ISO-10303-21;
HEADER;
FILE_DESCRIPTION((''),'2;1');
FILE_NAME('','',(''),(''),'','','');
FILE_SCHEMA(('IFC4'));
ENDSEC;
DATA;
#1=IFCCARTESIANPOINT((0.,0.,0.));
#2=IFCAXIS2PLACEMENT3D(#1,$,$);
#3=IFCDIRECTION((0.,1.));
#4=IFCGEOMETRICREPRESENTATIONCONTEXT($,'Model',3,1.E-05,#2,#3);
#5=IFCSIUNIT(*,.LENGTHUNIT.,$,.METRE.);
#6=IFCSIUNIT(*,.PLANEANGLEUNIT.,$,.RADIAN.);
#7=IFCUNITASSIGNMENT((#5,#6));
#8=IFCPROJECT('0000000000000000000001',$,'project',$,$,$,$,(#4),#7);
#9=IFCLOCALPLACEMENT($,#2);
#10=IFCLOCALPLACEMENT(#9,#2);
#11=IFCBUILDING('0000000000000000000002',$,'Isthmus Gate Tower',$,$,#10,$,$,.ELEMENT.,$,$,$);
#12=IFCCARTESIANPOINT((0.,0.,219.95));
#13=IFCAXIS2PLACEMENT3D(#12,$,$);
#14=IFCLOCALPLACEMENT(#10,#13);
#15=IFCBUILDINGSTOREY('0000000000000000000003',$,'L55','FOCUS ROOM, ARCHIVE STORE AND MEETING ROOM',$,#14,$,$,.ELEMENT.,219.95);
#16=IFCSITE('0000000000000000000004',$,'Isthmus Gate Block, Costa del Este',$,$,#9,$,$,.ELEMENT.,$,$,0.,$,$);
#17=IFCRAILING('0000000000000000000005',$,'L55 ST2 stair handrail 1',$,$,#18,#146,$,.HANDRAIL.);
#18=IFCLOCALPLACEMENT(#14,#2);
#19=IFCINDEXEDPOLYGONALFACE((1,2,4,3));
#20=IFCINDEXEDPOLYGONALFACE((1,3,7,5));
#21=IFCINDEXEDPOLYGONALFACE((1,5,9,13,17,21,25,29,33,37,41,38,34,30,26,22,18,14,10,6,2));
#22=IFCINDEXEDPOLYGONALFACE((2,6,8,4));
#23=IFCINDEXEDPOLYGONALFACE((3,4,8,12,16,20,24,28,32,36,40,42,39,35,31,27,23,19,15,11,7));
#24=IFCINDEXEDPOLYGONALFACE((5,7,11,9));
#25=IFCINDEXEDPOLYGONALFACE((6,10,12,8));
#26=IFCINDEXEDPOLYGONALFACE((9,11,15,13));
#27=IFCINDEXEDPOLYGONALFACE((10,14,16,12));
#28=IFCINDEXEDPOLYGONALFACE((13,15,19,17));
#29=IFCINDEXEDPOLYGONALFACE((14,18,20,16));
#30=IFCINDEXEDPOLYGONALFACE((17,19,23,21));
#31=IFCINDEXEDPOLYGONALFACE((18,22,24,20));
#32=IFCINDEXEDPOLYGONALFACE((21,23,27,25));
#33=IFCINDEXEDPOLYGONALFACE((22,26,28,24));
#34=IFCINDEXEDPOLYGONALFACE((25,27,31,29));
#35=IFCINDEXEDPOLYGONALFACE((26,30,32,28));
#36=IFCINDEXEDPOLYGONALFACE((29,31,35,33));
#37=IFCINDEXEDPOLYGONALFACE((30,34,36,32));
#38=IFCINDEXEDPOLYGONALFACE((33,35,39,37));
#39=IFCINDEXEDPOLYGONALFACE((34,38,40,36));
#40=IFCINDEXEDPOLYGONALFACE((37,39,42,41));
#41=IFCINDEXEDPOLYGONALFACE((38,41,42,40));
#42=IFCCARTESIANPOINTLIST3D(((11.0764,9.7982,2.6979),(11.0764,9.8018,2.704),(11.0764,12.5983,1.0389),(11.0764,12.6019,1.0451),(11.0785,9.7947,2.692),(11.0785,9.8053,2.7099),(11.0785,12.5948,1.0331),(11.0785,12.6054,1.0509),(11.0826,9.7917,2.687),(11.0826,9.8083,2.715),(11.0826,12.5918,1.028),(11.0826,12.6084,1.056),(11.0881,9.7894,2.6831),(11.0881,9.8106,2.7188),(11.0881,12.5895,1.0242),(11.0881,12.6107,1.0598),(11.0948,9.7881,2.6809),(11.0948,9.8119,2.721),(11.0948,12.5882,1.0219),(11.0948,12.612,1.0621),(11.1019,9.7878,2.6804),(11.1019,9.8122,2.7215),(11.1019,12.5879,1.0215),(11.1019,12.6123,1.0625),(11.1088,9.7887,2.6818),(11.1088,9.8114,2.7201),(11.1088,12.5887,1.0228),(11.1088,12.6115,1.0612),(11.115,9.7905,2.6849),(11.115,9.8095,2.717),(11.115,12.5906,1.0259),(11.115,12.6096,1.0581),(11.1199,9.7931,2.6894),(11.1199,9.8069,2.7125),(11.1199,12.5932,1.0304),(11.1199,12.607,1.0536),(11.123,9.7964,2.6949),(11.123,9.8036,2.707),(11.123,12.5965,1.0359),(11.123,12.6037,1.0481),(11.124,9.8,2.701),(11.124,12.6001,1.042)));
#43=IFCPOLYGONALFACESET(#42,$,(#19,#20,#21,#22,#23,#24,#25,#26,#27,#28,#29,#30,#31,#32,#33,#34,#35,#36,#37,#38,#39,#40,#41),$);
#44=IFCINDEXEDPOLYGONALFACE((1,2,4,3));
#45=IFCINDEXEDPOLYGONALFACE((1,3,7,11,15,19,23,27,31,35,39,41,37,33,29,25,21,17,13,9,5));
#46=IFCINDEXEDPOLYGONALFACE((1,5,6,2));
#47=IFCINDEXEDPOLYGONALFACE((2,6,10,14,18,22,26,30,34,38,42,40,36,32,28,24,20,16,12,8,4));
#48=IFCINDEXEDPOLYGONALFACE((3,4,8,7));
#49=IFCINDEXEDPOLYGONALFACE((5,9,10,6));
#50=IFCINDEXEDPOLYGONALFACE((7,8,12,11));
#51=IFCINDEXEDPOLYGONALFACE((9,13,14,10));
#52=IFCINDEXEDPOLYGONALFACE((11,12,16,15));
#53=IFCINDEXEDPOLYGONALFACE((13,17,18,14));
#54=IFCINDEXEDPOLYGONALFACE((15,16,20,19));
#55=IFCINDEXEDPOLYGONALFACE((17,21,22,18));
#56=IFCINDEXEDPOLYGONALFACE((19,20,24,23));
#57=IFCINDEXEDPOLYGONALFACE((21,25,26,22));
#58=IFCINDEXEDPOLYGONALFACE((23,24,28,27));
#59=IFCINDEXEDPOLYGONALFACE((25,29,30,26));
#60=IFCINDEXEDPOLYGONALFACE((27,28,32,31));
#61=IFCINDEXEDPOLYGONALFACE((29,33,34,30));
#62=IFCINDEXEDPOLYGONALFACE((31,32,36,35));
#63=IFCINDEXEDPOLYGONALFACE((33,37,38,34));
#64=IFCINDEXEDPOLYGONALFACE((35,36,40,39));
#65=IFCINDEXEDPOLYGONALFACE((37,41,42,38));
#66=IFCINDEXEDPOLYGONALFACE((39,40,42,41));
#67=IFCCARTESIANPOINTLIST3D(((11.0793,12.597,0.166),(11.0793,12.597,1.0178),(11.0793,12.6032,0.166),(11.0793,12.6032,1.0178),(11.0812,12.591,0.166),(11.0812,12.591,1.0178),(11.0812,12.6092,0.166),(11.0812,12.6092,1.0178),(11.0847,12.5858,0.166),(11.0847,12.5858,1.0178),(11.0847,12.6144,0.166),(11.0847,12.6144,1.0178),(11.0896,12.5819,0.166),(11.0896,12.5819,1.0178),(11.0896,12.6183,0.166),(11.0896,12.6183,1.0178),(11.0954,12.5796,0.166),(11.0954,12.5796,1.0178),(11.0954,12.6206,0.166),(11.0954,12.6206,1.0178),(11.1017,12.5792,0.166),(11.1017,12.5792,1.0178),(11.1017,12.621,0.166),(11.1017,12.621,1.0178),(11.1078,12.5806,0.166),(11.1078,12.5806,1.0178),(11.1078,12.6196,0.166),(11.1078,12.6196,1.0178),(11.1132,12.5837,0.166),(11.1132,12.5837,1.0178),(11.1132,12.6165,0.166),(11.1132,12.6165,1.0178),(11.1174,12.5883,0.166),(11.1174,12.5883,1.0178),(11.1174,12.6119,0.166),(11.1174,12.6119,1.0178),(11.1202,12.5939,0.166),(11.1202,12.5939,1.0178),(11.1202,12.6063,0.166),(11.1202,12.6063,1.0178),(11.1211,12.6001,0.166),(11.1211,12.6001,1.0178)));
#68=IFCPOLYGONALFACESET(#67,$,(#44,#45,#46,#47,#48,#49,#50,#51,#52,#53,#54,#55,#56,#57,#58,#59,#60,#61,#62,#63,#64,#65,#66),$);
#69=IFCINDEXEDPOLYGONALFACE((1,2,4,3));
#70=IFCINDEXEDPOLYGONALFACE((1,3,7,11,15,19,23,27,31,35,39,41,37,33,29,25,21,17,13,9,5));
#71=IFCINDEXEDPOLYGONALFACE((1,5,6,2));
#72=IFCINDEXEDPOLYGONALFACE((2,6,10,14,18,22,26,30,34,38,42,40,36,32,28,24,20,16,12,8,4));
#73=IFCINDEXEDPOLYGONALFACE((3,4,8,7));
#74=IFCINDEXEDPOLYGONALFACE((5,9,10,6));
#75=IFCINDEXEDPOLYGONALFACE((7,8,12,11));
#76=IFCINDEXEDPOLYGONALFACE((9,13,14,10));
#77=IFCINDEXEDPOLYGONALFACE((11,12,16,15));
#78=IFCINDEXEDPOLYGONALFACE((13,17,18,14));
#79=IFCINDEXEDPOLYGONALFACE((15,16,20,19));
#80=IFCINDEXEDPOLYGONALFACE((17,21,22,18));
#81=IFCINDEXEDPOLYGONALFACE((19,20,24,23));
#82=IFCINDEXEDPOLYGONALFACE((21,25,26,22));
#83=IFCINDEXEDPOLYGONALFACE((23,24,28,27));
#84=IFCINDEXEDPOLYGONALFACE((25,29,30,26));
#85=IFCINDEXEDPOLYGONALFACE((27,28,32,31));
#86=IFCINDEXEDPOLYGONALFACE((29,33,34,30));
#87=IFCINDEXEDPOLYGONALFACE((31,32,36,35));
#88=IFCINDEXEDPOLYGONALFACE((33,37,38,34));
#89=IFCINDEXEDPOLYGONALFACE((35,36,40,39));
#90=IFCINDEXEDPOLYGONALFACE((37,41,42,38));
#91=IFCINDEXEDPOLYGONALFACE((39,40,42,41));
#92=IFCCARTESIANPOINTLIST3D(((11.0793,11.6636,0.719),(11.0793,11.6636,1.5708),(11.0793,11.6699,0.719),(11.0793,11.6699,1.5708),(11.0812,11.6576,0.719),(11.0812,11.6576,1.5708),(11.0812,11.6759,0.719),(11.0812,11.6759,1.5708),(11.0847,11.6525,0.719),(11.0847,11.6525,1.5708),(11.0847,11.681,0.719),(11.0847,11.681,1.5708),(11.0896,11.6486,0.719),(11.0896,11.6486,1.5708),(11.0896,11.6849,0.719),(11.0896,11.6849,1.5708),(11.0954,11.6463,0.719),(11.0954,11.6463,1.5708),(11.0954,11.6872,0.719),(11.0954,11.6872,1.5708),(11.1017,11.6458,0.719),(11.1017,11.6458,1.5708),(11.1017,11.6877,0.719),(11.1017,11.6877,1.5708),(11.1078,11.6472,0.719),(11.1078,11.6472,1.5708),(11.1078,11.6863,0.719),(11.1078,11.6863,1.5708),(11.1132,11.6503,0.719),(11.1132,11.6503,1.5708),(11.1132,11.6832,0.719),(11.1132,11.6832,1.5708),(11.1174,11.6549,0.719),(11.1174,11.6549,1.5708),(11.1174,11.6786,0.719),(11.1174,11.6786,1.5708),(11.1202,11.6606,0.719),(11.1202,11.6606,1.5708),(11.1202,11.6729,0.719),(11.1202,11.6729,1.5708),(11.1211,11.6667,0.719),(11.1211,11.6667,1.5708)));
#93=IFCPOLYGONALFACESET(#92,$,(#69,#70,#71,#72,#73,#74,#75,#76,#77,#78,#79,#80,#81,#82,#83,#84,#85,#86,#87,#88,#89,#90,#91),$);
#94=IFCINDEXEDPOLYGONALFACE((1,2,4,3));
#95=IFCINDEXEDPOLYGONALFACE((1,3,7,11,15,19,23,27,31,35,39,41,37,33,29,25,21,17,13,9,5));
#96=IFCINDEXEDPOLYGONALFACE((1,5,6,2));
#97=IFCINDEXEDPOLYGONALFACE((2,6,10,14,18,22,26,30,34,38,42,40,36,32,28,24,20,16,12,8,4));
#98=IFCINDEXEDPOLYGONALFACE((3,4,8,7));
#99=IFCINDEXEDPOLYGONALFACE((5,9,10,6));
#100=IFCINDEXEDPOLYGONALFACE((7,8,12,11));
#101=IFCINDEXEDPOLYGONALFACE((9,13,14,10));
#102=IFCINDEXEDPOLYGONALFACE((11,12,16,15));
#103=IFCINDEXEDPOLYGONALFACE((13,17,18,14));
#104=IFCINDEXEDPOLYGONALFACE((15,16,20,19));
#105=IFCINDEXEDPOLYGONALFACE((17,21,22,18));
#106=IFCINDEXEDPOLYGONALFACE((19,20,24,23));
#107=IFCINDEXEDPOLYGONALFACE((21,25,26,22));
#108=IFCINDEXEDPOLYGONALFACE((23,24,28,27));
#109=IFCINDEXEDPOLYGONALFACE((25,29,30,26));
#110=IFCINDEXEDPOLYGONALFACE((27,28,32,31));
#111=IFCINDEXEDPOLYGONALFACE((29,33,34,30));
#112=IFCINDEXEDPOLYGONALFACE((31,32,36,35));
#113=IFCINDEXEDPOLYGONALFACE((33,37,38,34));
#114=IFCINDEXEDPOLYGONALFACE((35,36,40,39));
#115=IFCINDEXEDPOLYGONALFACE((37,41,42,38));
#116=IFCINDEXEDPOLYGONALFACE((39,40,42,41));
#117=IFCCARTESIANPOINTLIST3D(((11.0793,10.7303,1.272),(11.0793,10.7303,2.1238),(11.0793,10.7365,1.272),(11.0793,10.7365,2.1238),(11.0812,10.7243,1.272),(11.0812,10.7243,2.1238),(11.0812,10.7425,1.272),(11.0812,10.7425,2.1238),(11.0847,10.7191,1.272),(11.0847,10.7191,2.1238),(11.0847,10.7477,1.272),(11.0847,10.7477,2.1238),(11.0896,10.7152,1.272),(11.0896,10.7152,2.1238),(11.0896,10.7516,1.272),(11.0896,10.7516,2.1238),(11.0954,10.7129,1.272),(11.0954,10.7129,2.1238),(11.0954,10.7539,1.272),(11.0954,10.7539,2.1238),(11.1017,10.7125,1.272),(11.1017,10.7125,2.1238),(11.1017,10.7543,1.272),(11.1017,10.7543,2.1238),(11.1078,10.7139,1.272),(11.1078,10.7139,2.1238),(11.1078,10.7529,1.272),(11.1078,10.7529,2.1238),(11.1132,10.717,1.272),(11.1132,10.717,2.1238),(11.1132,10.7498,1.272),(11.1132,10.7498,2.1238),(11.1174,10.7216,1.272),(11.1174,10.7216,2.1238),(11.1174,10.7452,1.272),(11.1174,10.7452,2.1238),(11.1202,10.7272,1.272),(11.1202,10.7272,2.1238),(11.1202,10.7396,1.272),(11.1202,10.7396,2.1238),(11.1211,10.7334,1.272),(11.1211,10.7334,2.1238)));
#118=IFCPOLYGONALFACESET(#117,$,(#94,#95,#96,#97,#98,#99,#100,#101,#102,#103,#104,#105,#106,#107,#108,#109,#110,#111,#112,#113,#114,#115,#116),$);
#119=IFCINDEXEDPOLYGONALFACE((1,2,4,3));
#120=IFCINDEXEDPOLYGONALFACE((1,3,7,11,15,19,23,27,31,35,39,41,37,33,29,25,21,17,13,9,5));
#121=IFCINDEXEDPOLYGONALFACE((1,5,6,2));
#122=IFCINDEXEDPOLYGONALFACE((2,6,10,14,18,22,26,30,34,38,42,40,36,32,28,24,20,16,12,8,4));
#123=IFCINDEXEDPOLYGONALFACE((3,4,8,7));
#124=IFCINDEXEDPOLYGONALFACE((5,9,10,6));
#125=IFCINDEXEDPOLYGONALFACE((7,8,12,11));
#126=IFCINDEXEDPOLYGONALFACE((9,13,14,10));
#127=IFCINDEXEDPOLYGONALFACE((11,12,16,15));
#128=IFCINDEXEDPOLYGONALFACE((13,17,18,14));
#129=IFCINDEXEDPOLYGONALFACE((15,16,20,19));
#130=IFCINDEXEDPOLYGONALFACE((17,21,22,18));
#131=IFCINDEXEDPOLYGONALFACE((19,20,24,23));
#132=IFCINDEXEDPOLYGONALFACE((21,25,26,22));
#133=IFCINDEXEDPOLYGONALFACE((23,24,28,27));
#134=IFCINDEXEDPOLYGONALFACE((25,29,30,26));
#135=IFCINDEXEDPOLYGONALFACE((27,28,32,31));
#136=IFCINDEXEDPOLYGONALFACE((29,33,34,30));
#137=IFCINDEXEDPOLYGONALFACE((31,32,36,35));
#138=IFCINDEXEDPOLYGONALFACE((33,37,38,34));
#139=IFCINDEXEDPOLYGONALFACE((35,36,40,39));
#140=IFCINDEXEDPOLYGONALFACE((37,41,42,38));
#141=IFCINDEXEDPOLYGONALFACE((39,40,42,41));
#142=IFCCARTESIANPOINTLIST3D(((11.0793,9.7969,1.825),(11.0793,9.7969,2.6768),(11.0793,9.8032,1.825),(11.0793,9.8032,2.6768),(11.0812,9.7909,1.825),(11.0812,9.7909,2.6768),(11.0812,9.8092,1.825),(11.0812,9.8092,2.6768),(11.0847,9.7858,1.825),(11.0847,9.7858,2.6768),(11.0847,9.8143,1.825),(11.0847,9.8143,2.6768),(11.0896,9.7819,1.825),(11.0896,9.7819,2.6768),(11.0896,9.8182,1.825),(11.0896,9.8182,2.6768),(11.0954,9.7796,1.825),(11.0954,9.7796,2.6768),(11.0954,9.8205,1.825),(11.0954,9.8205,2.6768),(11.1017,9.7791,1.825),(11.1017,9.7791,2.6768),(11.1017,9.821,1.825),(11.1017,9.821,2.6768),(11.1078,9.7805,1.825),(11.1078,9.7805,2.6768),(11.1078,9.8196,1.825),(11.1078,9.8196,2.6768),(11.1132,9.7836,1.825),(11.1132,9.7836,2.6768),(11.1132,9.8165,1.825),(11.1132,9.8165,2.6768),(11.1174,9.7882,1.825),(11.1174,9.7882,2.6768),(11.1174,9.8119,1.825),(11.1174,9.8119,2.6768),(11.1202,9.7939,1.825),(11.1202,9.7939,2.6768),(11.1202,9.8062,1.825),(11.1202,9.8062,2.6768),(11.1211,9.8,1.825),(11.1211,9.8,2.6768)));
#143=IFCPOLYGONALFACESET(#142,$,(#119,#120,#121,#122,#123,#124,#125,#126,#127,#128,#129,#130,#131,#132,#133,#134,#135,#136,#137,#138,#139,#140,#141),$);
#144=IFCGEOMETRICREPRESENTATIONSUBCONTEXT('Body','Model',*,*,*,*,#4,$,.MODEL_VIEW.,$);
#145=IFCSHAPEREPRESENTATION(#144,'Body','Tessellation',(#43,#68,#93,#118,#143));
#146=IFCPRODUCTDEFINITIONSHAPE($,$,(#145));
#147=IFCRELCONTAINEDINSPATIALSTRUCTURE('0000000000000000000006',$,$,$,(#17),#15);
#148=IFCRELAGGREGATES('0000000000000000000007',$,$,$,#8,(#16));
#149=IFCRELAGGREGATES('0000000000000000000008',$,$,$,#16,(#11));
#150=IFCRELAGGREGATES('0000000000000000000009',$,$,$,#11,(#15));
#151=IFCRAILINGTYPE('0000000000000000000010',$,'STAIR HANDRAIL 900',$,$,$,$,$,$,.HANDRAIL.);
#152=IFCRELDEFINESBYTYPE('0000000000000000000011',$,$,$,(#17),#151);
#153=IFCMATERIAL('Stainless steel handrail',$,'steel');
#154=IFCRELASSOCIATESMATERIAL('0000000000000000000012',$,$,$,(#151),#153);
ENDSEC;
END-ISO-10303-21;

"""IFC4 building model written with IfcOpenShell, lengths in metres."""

from ifc_helpers import new_model, si_unit, direction, frame, origin, origin_2d, place, context, subcontext, project, spatial, circle, extrude, material, type_object, element, save


model = new_model("IFC4")

# Units and contexts
model_context = context("Model", 3, precision=1e-05, world=origin(), true_north=direction((0.0, 1.0)))
body_context = subcontext(model_context, "Body", "Model", "MODEL_VIEW")
ifc_project = project(units=[si_unit("LENGTHUNIT", "METRE"), si_unit("PLANEANGLEUNIT", "RADIAN")], contexts=[model_context])

# Site, building, storey
site_placement = place(None, origin())
site = spatial("IfcSite", under=ifc_project, at=site_placement, Name="Isthmus Gate Block, Costa del Este", CompositionType="ELEMENT", RefElevation=0.0)
building_placement = place(site_placement, origin())
building = spatial("IfcBuilding", under=site, at=building_placement, Name="Isthmus Gate Tower", CompositionType="ELEMENT")
storey_placement = place(building_placement, frame((0.0, 0.0, 219.95)))
storey = spatial("IfcBuildingStorey", under=building, at=storey_placement, Name="L55", Description="FOCUS ROOM, ARCHIVE STORE AND MEETING ROOM", CompositionType="ELEMENT", Elevation=219.95)

# Railing
ifc_material_1 = material(Name="Stainless steel handrail", Category="steel")
railing_type = type_object("IfcRailingType", Name="STAIR HANDRAIL 900", PredefinedType="HANDRAIL", material=ifc_material_1)
railing_1_placement = place(storey_placement, frame((11.1001, 12.6001, 0.166)))
element("IfcRailing", 1, at=railing_1_placement, inside=storey, type_object=railing_type, Name="L55 ST2 stair handrail 1", PredefinedType="HANDRAIL", context=body_context, shape_type="SweptSolid", body=[
    extrude(circle(Radius=0.0239, at=origin_2d()), frame((0.0, 0.0, 0.876), z_axis=(0.0, -0.860339, 0.509722), x_axis=(1.0, 0.0, 0.0)), (0.0, 0.0, 1.0), 3.2546),
    extrude(circle(Radius=0.021, at=origin_2d()), origin(), (0.0, 0.0, 1.0), 0.8518),
    extrude(circle(Radius=0.021, at=origin_2d()), frame((0.0, -0.9333, 0.553)), (0.0, 0.0, 1.0), 0.8518),
    extrude(circle(Radius=0.021, at=origin_2d()), frame((0.0, -1.8667, 1.106)), (0.0, 0.0, 1.0), 0.8518),
    extrude(circle(Radius=0.021, at=origin_2d()), frame((0.0, -2.8, 1.6589)), (0.0, 0.0, 1.0), 0.8518),
])

save(model, "model.ifc")
